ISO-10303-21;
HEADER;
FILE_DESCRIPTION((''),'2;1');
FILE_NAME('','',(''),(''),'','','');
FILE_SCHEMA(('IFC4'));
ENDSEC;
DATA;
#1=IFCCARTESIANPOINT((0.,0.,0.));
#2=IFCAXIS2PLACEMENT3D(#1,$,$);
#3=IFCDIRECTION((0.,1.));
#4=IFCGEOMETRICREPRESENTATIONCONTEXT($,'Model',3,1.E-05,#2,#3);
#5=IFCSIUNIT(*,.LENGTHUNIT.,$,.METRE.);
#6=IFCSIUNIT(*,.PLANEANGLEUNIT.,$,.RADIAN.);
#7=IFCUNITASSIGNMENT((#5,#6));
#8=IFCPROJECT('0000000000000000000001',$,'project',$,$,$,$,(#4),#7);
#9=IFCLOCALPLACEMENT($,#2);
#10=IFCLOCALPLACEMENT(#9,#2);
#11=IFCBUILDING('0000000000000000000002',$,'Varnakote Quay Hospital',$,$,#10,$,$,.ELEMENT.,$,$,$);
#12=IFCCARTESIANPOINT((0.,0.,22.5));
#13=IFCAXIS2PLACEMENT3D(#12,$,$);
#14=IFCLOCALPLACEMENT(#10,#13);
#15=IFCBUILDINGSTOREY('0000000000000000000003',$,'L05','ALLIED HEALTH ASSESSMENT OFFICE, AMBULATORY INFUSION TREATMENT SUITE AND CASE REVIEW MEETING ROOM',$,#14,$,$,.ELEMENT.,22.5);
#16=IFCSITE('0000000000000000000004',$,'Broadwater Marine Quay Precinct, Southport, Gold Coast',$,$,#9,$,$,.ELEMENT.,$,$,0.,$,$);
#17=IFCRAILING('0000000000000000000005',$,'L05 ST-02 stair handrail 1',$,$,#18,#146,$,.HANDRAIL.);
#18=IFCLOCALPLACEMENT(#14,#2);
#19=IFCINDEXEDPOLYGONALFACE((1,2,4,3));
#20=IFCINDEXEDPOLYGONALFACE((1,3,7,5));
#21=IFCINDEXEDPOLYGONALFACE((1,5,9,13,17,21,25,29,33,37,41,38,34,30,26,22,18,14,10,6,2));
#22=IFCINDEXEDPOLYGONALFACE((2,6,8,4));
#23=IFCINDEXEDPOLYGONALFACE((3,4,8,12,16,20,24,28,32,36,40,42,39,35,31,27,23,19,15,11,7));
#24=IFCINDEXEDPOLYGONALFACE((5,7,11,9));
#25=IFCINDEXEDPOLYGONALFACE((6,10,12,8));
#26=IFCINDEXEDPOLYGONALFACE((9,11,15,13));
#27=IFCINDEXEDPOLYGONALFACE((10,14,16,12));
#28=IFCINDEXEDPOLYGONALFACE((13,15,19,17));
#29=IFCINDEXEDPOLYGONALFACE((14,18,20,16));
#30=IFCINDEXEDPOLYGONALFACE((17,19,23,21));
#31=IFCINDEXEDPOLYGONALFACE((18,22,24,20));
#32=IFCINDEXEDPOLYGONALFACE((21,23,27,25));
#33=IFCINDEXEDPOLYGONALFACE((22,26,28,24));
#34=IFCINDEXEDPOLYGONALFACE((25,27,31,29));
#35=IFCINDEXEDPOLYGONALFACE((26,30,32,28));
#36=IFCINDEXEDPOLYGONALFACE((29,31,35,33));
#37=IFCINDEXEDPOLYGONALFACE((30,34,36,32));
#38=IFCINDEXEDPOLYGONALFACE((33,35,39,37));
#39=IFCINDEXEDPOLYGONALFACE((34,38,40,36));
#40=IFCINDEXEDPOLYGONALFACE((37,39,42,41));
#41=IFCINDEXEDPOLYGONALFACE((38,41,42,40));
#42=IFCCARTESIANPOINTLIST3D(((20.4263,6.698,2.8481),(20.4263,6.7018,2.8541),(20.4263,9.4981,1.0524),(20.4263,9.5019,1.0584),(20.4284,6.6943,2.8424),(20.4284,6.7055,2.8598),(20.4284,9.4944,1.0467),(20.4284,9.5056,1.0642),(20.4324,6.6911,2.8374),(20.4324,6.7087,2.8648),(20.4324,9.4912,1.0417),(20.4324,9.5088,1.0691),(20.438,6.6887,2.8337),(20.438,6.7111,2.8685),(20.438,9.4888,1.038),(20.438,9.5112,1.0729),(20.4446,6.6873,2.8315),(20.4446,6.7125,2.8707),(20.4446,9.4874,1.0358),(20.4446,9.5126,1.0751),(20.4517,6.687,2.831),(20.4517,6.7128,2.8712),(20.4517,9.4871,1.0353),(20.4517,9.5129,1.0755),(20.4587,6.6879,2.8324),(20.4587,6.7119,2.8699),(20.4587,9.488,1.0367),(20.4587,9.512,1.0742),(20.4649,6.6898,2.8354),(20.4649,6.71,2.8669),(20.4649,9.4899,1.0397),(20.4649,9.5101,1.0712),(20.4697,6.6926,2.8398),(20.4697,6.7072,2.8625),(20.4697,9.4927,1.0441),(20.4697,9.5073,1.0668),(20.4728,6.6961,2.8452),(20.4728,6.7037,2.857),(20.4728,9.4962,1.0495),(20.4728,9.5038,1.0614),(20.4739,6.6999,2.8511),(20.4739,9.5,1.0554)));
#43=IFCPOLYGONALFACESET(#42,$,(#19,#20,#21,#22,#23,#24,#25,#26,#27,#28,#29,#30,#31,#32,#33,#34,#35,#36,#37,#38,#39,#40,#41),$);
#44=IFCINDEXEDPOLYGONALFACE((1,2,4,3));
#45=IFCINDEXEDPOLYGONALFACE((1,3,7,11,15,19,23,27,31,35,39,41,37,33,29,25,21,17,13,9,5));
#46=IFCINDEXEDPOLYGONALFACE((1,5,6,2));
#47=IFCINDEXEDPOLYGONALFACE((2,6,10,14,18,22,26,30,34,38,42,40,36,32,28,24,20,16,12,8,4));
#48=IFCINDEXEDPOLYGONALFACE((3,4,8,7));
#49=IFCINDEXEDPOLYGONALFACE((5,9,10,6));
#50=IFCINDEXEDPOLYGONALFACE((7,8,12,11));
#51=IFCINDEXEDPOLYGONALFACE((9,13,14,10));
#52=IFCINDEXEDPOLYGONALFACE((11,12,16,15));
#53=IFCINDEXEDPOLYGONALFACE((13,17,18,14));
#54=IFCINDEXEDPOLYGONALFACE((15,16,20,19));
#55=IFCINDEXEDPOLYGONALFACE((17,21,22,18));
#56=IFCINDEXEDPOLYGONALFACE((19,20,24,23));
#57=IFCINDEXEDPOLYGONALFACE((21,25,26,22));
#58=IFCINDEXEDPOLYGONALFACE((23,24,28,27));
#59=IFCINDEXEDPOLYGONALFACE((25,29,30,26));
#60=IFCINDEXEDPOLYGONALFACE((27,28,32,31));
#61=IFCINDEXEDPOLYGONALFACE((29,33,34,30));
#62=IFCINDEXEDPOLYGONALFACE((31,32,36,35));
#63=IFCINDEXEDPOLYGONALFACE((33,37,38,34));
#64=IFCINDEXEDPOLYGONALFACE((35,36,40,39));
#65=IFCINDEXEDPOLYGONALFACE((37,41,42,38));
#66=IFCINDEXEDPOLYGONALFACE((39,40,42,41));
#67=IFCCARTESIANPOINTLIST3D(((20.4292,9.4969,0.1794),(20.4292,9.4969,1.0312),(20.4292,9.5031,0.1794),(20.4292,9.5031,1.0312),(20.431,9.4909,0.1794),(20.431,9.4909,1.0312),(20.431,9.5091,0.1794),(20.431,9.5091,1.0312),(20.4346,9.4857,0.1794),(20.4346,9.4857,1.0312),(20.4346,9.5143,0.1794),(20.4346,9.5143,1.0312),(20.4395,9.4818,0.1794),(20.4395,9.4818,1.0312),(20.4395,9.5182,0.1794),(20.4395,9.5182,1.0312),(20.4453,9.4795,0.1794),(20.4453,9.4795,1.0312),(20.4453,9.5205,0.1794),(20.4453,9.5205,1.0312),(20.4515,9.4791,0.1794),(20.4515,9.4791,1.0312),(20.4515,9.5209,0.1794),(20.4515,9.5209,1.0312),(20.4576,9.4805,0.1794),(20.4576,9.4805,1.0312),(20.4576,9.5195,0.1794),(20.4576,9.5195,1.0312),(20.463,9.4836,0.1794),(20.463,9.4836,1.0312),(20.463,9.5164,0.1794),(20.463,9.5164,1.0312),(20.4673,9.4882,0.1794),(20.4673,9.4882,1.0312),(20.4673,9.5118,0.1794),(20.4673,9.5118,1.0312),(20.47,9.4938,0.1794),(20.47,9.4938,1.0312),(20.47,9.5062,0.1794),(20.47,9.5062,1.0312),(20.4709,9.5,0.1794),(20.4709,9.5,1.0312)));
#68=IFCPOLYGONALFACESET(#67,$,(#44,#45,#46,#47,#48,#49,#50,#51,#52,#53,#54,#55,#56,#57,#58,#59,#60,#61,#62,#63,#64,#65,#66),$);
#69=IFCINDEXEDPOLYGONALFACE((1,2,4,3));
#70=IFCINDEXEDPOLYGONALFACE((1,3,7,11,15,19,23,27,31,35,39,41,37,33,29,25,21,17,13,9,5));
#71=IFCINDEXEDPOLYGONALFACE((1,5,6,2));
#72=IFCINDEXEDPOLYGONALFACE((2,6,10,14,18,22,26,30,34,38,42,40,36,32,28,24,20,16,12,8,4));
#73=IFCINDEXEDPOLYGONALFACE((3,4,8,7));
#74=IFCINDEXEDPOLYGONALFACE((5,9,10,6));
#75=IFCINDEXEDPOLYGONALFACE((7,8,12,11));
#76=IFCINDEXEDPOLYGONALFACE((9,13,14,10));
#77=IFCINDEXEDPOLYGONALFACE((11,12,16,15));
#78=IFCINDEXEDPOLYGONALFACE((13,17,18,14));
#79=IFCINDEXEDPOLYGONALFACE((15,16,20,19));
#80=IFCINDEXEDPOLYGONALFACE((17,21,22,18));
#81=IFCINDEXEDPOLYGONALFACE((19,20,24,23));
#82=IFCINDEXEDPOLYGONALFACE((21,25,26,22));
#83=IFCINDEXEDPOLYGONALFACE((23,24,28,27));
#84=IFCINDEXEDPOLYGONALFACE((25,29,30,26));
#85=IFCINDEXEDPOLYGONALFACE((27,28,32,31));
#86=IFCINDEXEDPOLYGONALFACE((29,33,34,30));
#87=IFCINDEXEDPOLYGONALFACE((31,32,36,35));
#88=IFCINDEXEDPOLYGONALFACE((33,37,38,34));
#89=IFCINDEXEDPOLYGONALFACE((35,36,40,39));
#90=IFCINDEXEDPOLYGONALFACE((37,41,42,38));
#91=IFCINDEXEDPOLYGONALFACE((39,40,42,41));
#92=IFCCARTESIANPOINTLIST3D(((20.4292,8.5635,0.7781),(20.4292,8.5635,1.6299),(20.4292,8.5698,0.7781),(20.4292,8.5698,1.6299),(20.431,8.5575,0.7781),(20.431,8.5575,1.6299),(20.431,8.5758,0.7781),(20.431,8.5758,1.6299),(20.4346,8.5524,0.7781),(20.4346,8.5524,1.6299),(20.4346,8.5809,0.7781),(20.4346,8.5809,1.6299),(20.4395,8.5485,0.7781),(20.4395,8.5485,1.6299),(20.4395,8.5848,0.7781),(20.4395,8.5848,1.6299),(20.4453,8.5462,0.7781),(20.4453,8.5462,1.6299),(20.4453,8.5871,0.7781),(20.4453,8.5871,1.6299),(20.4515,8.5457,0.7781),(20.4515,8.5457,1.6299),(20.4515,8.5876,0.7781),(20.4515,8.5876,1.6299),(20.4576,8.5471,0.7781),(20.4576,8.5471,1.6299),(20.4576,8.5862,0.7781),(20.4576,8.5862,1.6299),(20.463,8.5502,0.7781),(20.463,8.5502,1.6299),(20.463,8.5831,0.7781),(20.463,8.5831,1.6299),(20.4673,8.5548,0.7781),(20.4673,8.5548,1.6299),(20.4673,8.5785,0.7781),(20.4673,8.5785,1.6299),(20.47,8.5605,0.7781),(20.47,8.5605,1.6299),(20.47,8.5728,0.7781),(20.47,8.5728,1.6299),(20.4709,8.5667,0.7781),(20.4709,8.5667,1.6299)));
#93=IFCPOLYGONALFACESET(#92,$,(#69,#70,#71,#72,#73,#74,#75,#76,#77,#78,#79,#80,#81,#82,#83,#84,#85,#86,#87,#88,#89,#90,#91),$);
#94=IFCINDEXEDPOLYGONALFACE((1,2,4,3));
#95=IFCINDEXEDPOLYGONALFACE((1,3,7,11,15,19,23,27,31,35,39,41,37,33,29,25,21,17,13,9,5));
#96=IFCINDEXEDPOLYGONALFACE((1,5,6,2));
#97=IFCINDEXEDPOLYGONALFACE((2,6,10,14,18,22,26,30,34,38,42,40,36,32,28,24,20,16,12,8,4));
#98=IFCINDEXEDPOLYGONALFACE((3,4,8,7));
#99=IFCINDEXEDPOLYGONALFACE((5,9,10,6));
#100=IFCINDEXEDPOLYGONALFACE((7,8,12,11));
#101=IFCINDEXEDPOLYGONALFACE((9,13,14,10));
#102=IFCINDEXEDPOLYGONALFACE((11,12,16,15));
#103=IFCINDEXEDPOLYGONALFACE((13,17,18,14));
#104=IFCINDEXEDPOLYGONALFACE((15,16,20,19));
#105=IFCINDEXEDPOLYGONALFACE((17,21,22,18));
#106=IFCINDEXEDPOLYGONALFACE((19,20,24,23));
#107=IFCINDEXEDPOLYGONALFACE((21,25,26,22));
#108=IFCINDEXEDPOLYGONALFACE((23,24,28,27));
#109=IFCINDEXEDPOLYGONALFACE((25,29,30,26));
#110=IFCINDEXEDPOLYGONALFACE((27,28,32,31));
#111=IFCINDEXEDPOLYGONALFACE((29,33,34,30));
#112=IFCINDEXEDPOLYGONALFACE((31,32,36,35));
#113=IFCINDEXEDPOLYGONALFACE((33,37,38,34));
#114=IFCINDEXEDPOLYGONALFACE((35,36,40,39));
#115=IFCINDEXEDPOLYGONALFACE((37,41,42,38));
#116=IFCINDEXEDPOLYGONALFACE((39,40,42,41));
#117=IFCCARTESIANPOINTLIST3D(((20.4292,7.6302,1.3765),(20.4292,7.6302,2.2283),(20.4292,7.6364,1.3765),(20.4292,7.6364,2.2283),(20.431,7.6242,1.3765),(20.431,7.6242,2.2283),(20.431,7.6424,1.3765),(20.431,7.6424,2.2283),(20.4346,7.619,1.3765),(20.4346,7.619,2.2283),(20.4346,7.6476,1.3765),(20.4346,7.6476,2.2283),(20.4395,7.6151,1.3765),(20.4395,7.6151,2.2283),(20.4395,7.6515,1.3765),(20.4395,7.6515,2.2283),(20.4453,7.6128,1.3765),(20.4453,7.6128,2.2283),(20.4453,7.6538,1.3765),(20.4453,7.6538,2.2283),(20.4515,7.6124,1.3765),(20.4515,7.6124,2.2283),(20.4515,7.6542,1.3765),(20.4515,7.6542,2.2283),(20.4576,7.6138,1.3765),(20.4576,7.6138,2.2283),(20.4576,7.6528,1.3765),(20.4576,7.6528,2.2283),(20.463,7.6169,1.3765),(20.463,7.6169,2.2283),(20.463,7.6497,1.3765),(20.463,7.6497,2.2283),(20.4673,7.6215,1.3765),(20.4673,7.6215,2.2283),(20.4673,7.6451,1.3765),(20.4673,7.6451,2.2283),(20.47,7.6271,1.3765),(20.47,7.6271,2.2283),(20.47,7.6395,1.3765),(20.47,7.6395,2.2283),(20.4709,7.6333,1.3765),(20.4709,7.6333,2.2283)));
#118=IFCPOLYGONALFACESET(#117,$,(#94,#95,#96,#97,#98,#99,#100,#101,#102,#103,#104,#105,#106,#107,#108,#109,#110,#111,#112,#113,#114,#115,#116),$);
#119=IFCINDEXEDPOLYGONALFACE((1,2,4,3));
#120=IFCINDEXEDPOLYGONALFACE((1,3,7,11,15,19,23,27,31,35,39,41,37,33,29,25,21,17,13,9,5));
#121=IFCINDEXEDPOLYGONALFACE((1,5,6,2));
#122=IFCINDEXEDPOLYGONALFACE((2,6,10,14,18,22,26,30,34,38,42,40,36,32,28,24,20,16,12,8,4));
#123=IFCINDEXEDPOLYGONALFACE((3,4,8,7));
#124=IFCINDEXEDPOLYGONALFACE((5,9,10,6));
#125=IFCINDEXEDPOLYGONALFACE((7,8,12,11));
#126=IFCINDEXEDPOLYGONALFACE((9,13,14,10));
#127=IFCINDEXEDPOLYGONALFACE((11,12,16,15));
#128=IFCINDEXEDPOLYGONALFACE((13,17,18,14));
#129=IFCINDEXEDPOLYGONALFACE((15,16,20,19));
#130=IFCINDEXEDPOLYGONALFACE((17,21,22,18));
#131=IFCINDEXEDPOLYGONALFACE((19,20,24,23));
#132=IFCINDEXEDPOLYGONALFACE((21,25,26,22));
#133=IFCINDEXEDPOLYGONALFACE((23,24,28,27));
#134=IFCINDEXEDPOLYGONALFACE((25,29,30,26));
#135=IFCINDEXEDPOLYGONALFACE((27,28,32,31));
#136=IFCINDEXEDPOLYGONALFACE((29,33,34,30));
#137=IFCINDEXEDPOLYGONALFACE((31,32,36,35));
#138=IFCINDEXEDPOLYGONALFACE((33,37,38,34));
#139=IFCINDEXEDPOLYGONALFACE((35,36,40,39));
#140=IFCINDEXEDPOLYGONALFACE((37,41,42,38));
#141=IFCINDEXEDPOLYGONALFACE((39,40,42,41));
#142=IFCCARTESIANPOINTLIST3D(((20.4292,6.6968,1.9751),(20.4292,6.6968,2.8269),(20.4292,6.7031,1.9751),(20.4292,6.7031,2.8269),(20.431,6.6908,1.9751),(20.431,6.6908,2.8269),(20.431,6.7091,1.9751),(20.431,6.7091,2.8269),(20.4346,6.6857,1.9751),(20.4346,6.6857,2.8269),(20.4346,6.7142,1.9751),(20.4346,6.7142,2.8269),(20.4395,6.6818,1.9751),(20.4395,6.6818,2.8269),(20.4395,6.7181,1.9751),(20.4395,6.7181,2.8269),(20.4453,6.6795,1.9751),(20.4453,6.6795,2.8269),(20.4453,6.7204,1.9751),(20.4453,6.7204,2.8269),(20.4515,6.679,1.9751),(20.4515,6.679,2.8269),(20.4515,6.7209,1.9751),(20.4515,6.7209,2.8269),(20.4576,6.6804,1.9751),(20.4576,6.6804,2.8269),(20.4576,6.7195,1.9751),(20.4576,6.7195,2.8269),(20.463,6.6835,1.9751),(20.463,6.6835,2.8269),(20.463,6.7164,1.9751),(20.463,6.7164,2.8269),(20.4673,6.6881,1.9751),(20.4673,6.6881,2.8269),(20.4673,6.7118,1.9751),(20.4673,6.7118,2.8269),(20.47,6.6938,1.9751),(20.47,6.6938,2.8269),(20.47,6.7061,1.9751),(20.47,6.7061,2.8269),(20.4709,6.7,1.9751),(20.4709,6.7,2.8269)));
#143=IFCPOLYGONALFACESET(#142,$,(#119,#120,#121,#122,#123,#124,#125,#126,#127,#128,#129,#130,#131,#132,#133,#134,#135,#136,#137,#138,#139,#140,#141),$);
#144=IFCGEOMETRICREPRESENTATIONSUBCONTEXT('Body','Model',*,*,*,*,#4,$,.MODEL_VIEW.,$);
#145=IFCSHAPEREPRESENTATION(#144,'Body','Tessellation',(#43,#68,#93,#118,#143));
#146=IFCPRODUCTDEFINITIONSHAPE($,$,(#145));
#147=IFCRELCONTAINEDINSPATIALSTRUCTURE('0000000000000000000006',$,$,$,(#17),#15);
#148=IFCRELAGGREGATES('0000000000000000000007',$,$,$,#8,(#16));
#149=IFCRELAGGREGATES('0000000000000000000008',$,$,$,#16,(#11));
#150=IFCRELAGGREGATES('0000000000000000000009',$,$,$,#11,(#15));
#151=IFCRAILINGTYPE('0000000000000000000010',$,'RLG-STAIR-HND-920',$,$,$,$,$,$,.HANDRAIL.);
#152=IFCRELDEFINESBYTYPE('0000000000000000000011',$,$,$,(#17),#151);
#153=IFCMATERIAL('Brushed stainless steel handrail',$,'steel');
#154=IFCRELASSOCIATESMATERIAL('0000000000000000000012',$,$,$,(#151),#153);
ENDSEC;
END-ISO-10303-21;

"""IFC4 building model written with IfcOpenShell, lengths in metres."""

from ifc_helpers import new_model, si_unit, direction, frame, origin, origin_2d, place, context, subcontext, project, spatial, circle, extrude, material, type_object, element, save


model = new_model("IFC4")

# Units and contexts
model_context = context("Model", 3, precision=1e-05, world=origin(), true_north=direction((0.0, 1.0)))
body_context = subcontext(model_context, "Body", "Model", "MODEL_VIEW")
ifc_project = project(units=[si_unit("LENGTHUNIT", "METRE"), si_unit("PLANEANGLEUNIT", "RADIAN")], contexts=[model_context])

# Site, building, storey
site_placement = place(None, origin())
site = spatial("IfcSite", under=ifc_project, at=site_placement, Name="Broadwater Marine Quay Precinct, Southport, Gold Coast", CompositionType="ELEMENT", RefElevation=0.0)
building_placement = place(site_placement, origin())
building = spatial("IfcBuilding", under=site, at=building_placement, Name="Varnakote Quay Hospital", CompositionType="ELEMENT")
storey_placement = place(building_placement, frame((0.0, 0.0, 22.5)))
storey = spatial("IfcBuildingStorey", under=building, at=storey_placement, Name="L05", Description="ALLIED HEALTH ASSESSMENT OFFICE, AMBULATORY INFUSION TREATMENT SUITE AND CASE REVIEW MEETING ROOM", CompositionType="ELEMENT", Elevation=22.5)

# Railing
ifc_material_1 = material(Name="Brushed stainless steel handrail", Category="steel")
railing_type_1 = type_object("IfcRailingType", Name="RLG-STAIR-HND-920", PredefinedType="HANDRAIL", material=ifc_material_1)
railing_1_placement = place(storey_placement, frame((20.45, 9.5, 0.1794)))
element("IfcRailing", 1, at=railing_1_placement, inside=storey, type_object=railing_type_1, Name="L05 ST-02 stair handrail 1", PredefinedType="HANDRAIL", context=body_context, shape_type="SweptSolid", body=[
    extrude(circle(Radius=0.0239, at=origin_2d()), frame((0.0, 0.0, 0.876), z_axis=(0.0, -0.841777, 0.539826), x_axis=(1.0, 0.0, 0.0)), (0.0, 0.0, 1.0), 3.3264),
    extrude(circle(Radius=0.021, at=origin_2d()), origin(), (0.0, 0.0, 1.0), 0.8518),
    extrude(circle(Radius=0.021, at=origin_2d()), frame((0.0, -0.9333, 0.5986)), (0.0, 0.0, 1.0), 0.8518),
    extrude(circle(Radius=0.021, at=origin_2d()), frame((0.0, -1.8667, 1.197)), (0.0, 0.0, 1.0), 0.8518),
    extrude(circle(Radius=0.021, at=origin_2d()), frame((0.0, -2.8, 1.7957)), (0.0, 0.0, 1.0), 0.8518),
])

save(model, "model.ifc")
